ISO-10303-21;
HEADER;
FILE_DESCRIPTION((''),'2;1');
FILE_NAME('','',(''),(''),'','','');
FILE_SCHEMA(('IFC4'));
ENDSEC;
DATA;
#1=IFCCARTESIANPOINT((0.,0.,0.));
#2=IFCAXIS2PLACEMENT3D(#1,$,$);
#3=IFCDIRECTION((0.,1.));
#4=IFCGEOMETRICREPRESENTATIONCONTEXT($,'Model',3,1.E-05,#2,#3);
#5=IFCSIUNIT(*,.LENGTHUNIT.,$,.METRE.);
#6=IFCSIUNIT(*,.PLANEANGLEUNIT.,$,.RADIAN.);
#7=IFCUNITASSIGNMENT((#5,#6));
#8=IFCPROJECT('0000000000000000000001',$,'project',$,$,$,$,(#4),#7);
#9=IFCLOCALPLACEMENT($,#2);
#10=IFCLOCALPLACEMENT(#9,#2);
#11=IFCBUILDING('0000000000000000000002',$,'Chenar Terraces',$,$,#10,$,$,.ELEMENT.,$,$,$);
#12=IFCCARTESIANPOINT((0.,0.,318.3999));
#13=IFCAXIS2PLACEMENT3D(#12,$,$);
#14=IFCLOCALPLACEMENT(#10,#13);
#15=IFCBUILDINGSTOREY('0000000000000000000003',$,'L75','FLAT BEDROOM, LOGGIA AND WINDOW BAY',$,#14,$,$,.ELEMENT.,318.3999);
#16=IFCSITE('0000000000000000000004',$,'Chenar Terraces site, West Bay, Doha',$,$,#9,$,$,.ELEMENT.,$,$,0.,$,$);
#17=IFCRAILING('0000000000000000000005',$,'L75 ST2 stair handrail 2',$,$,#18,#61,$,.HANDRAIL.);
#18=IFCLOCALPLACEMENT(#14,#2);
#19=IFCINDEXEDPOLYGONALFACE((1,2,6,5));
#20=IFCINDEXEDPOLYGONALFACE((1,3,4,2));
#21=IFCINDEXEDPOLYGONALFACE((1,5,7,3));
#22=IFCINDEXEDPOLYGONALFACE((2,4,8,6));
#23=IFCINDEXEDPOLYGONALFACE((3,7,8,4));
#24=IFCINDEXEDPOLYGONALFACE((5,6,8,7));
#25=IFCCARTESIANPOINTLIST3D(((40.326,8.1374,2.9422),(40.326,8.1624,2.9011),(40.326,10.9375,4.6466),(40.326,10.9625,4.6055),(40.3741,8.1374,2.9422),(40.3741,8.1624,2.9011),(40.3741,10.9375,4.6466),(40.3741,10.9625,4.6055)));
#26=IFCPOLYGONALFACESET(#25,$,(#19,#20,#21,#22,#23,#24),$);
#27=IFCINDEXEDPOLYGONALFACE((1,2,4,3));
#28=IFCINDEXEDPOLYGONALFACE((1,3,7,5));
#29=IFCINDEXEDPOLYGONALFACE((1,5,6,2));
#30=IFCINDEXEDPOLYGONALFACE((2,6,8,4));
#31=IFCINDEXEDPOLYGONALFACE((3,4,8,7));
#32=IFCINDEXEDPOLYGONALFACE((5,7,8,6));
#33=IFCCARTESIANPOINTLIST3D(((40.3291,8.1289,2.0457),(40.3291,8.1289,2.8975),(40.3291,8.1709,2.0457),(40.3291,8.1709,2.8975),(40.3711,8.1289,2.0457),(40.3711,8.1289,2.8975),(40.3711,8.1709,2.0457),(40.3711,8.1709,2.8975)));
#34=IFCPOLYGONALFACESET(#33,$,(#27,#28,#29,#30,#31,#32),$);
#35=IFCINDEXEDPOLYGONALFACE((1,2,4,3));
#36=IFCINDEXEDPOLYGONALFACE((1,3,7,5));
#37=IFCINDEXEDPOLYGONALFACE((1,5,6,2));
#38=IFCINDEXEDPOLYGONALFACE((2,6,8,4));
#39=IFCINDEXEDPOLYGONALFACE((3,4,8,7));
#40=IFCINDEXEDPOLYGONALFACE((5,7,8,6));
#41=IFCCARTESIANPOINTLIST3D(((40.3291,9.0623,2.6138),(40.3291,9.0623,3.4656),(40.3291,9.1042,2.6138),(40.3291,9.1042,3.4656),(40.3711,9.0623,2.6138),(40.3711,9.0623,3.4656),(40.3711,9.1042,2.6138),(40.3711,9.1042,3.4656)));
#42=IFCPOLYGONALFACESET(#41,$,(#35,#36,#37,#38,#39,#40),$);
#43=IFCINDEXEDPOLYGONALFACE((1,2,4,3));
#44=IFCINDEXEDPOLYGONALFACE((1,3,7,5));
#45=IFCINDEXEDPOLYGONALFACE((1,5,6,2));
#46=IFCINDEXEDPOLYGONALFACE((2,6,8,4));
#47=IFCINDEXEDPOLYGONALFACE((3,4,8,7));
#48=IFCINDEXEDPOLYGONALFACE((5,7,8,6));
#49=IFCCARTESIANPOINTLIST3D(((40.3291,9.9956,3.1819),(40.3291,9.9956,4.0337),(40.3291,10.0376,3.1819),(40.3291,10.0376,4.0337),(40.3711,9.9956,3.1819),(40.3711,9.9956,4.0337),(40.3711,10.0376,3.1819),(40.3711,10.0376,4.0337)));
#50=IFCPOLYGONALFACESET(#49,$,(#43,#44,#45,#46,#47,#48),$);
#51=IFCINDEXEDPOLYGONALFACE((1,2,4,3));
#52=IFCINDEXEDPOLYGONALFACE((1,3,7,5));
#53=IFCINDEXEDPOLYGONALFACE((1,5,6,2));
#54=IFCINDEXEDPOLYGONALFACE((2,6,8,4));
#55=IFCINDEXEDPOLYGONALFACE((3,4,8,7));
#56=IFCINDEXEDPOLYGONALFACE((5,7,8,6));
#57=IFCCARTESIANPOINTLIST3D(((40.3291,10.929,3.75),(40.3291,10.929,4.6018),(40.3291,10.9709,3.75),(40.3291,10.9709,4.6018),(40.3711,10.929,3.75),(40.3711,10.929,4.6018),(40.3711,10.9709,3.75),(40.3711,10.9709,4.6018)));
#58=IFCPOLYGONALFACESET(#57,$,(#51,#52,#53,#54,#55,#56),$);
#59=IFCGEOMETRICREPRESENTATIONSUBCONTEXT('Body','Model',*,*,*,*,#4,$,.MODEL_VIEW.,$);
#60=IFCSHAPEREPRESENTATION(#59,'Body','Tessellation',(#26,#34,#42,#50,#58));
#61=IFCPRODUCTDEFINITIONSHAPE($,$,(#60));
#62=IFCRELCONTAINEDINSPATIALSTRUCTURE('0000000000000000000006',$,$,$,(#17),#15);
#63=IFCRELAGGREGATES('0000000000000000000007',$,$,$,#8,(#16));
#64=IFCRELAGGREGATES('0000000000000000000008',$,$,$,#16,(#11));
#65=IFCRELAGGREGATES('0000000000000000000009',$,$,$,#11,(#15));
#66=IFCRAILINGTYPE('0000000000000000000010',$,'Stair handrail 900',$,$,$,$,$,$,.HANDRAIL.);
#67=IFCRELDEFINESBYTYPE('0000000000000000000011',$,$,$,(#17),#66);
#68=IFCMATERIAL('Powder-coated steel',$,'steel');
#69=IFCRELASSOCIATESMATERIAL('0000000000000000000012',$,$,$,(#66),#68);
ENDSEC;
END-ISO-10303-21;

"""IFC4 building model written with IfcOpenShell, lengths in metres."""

from ifc_helpers import new_model, si_unit, direction, frame, origin, origin_2d, place, context, subcontext, project, spatial, rectangle, extrude, material, type_object, element, save


model = new_model("IFC4")

# Units and contexts
model_context = context("Model", 3, precision=1e-05, world=origin(), true_north=direction((0.0, 1.0)))
body_context = subcontext(model_context, "Body", "Model", "MODEL_VIEW")
ifc_project = project(units=[si_unit("LENGTHUNIT", "METRE"), si_unit("PLANEANGLEUNIT", "RADIAN")], contexts=[model_context])

# Site, building, storey
site_placement = place(None, origin())
site = spatial("IfcSite", under=ifc_project, at=site_placement, Name="Chenar Terraces site, West Bay, Doha", CompositionType="ELEMENT", RefElevation=0.0)
building_placement = place(site_placement, origin())
building = spatial("IfcBuilding", under=site, at=building_placement, Name="Chenar Terraces", CompositionType="ELEMENT")
storey_placement = place(building_placement, frame((0.0, 0.0, 318.3999)))
storey = spatial("IfcBuildingStorey", under=building, at=storey_placement, Name="L75", Description="FLAT BEDROOM, LOGGIA AND WINDOW BAY", CompositionType="ELEMENT", Elevation=318.3999)

# Railing
ifc_material_1 = material(Name="Powder-coated steel", Category="steel")
railing_type_1 = type_object("IfcRailingType", Name="Stair handrail 900", PredefinedType="HANDRAIL", material=ifc_material_1)
railing_1_placement = place(storey_placement, frame((40.3501, 8.1499, 2.0457)))
element("IfcRailing", 1, at=railing_1_placement, inside=storey, type_object=railing_type_1, Name="L75 ST2 stair handrail 2", PredefinedType="HANDRAIL", context=body_context, shape_type="SweptSolid", body=[
    extrude(rectangle(XDim=0.0481, YDim=0.0481, at=origin_2d()), frame((0.0, 0.0, 0.876), z_axis=(0.0, 0.854203, 0.51994), x_axis=(-1.0, 0.0, 0.0)), (0.0, 0.0, 1.0), 3.2781),
    extrude(rectangle(XDim=0.042, YDim=0.042, at=origin_2d()), origin(), (0.0, 0.0, 1.0), 0.8518),
    extrude(rectangle(XDim=0.042, YDim=0.042, at=origin_2d()), frame((0.0, 0.9333, 0.5681)), (0.0, 0.0, 1.0), 0.8518),
    extrude(rectangle(XDim=0.042, YDim=0.042, at=origin_2d()), frame((0.0, 1.8667, 1.1362)), (0.0, 0.0, 1.0), 0.8518),
    extrude(rectangle(XDim=0.042, YDim=0.042, at=origin_2d()), frame((0.0, 2.8, 1.7043)), (0.0, 0.0, 1.0), 0.8518),
])

save(model, "model.ifc")
